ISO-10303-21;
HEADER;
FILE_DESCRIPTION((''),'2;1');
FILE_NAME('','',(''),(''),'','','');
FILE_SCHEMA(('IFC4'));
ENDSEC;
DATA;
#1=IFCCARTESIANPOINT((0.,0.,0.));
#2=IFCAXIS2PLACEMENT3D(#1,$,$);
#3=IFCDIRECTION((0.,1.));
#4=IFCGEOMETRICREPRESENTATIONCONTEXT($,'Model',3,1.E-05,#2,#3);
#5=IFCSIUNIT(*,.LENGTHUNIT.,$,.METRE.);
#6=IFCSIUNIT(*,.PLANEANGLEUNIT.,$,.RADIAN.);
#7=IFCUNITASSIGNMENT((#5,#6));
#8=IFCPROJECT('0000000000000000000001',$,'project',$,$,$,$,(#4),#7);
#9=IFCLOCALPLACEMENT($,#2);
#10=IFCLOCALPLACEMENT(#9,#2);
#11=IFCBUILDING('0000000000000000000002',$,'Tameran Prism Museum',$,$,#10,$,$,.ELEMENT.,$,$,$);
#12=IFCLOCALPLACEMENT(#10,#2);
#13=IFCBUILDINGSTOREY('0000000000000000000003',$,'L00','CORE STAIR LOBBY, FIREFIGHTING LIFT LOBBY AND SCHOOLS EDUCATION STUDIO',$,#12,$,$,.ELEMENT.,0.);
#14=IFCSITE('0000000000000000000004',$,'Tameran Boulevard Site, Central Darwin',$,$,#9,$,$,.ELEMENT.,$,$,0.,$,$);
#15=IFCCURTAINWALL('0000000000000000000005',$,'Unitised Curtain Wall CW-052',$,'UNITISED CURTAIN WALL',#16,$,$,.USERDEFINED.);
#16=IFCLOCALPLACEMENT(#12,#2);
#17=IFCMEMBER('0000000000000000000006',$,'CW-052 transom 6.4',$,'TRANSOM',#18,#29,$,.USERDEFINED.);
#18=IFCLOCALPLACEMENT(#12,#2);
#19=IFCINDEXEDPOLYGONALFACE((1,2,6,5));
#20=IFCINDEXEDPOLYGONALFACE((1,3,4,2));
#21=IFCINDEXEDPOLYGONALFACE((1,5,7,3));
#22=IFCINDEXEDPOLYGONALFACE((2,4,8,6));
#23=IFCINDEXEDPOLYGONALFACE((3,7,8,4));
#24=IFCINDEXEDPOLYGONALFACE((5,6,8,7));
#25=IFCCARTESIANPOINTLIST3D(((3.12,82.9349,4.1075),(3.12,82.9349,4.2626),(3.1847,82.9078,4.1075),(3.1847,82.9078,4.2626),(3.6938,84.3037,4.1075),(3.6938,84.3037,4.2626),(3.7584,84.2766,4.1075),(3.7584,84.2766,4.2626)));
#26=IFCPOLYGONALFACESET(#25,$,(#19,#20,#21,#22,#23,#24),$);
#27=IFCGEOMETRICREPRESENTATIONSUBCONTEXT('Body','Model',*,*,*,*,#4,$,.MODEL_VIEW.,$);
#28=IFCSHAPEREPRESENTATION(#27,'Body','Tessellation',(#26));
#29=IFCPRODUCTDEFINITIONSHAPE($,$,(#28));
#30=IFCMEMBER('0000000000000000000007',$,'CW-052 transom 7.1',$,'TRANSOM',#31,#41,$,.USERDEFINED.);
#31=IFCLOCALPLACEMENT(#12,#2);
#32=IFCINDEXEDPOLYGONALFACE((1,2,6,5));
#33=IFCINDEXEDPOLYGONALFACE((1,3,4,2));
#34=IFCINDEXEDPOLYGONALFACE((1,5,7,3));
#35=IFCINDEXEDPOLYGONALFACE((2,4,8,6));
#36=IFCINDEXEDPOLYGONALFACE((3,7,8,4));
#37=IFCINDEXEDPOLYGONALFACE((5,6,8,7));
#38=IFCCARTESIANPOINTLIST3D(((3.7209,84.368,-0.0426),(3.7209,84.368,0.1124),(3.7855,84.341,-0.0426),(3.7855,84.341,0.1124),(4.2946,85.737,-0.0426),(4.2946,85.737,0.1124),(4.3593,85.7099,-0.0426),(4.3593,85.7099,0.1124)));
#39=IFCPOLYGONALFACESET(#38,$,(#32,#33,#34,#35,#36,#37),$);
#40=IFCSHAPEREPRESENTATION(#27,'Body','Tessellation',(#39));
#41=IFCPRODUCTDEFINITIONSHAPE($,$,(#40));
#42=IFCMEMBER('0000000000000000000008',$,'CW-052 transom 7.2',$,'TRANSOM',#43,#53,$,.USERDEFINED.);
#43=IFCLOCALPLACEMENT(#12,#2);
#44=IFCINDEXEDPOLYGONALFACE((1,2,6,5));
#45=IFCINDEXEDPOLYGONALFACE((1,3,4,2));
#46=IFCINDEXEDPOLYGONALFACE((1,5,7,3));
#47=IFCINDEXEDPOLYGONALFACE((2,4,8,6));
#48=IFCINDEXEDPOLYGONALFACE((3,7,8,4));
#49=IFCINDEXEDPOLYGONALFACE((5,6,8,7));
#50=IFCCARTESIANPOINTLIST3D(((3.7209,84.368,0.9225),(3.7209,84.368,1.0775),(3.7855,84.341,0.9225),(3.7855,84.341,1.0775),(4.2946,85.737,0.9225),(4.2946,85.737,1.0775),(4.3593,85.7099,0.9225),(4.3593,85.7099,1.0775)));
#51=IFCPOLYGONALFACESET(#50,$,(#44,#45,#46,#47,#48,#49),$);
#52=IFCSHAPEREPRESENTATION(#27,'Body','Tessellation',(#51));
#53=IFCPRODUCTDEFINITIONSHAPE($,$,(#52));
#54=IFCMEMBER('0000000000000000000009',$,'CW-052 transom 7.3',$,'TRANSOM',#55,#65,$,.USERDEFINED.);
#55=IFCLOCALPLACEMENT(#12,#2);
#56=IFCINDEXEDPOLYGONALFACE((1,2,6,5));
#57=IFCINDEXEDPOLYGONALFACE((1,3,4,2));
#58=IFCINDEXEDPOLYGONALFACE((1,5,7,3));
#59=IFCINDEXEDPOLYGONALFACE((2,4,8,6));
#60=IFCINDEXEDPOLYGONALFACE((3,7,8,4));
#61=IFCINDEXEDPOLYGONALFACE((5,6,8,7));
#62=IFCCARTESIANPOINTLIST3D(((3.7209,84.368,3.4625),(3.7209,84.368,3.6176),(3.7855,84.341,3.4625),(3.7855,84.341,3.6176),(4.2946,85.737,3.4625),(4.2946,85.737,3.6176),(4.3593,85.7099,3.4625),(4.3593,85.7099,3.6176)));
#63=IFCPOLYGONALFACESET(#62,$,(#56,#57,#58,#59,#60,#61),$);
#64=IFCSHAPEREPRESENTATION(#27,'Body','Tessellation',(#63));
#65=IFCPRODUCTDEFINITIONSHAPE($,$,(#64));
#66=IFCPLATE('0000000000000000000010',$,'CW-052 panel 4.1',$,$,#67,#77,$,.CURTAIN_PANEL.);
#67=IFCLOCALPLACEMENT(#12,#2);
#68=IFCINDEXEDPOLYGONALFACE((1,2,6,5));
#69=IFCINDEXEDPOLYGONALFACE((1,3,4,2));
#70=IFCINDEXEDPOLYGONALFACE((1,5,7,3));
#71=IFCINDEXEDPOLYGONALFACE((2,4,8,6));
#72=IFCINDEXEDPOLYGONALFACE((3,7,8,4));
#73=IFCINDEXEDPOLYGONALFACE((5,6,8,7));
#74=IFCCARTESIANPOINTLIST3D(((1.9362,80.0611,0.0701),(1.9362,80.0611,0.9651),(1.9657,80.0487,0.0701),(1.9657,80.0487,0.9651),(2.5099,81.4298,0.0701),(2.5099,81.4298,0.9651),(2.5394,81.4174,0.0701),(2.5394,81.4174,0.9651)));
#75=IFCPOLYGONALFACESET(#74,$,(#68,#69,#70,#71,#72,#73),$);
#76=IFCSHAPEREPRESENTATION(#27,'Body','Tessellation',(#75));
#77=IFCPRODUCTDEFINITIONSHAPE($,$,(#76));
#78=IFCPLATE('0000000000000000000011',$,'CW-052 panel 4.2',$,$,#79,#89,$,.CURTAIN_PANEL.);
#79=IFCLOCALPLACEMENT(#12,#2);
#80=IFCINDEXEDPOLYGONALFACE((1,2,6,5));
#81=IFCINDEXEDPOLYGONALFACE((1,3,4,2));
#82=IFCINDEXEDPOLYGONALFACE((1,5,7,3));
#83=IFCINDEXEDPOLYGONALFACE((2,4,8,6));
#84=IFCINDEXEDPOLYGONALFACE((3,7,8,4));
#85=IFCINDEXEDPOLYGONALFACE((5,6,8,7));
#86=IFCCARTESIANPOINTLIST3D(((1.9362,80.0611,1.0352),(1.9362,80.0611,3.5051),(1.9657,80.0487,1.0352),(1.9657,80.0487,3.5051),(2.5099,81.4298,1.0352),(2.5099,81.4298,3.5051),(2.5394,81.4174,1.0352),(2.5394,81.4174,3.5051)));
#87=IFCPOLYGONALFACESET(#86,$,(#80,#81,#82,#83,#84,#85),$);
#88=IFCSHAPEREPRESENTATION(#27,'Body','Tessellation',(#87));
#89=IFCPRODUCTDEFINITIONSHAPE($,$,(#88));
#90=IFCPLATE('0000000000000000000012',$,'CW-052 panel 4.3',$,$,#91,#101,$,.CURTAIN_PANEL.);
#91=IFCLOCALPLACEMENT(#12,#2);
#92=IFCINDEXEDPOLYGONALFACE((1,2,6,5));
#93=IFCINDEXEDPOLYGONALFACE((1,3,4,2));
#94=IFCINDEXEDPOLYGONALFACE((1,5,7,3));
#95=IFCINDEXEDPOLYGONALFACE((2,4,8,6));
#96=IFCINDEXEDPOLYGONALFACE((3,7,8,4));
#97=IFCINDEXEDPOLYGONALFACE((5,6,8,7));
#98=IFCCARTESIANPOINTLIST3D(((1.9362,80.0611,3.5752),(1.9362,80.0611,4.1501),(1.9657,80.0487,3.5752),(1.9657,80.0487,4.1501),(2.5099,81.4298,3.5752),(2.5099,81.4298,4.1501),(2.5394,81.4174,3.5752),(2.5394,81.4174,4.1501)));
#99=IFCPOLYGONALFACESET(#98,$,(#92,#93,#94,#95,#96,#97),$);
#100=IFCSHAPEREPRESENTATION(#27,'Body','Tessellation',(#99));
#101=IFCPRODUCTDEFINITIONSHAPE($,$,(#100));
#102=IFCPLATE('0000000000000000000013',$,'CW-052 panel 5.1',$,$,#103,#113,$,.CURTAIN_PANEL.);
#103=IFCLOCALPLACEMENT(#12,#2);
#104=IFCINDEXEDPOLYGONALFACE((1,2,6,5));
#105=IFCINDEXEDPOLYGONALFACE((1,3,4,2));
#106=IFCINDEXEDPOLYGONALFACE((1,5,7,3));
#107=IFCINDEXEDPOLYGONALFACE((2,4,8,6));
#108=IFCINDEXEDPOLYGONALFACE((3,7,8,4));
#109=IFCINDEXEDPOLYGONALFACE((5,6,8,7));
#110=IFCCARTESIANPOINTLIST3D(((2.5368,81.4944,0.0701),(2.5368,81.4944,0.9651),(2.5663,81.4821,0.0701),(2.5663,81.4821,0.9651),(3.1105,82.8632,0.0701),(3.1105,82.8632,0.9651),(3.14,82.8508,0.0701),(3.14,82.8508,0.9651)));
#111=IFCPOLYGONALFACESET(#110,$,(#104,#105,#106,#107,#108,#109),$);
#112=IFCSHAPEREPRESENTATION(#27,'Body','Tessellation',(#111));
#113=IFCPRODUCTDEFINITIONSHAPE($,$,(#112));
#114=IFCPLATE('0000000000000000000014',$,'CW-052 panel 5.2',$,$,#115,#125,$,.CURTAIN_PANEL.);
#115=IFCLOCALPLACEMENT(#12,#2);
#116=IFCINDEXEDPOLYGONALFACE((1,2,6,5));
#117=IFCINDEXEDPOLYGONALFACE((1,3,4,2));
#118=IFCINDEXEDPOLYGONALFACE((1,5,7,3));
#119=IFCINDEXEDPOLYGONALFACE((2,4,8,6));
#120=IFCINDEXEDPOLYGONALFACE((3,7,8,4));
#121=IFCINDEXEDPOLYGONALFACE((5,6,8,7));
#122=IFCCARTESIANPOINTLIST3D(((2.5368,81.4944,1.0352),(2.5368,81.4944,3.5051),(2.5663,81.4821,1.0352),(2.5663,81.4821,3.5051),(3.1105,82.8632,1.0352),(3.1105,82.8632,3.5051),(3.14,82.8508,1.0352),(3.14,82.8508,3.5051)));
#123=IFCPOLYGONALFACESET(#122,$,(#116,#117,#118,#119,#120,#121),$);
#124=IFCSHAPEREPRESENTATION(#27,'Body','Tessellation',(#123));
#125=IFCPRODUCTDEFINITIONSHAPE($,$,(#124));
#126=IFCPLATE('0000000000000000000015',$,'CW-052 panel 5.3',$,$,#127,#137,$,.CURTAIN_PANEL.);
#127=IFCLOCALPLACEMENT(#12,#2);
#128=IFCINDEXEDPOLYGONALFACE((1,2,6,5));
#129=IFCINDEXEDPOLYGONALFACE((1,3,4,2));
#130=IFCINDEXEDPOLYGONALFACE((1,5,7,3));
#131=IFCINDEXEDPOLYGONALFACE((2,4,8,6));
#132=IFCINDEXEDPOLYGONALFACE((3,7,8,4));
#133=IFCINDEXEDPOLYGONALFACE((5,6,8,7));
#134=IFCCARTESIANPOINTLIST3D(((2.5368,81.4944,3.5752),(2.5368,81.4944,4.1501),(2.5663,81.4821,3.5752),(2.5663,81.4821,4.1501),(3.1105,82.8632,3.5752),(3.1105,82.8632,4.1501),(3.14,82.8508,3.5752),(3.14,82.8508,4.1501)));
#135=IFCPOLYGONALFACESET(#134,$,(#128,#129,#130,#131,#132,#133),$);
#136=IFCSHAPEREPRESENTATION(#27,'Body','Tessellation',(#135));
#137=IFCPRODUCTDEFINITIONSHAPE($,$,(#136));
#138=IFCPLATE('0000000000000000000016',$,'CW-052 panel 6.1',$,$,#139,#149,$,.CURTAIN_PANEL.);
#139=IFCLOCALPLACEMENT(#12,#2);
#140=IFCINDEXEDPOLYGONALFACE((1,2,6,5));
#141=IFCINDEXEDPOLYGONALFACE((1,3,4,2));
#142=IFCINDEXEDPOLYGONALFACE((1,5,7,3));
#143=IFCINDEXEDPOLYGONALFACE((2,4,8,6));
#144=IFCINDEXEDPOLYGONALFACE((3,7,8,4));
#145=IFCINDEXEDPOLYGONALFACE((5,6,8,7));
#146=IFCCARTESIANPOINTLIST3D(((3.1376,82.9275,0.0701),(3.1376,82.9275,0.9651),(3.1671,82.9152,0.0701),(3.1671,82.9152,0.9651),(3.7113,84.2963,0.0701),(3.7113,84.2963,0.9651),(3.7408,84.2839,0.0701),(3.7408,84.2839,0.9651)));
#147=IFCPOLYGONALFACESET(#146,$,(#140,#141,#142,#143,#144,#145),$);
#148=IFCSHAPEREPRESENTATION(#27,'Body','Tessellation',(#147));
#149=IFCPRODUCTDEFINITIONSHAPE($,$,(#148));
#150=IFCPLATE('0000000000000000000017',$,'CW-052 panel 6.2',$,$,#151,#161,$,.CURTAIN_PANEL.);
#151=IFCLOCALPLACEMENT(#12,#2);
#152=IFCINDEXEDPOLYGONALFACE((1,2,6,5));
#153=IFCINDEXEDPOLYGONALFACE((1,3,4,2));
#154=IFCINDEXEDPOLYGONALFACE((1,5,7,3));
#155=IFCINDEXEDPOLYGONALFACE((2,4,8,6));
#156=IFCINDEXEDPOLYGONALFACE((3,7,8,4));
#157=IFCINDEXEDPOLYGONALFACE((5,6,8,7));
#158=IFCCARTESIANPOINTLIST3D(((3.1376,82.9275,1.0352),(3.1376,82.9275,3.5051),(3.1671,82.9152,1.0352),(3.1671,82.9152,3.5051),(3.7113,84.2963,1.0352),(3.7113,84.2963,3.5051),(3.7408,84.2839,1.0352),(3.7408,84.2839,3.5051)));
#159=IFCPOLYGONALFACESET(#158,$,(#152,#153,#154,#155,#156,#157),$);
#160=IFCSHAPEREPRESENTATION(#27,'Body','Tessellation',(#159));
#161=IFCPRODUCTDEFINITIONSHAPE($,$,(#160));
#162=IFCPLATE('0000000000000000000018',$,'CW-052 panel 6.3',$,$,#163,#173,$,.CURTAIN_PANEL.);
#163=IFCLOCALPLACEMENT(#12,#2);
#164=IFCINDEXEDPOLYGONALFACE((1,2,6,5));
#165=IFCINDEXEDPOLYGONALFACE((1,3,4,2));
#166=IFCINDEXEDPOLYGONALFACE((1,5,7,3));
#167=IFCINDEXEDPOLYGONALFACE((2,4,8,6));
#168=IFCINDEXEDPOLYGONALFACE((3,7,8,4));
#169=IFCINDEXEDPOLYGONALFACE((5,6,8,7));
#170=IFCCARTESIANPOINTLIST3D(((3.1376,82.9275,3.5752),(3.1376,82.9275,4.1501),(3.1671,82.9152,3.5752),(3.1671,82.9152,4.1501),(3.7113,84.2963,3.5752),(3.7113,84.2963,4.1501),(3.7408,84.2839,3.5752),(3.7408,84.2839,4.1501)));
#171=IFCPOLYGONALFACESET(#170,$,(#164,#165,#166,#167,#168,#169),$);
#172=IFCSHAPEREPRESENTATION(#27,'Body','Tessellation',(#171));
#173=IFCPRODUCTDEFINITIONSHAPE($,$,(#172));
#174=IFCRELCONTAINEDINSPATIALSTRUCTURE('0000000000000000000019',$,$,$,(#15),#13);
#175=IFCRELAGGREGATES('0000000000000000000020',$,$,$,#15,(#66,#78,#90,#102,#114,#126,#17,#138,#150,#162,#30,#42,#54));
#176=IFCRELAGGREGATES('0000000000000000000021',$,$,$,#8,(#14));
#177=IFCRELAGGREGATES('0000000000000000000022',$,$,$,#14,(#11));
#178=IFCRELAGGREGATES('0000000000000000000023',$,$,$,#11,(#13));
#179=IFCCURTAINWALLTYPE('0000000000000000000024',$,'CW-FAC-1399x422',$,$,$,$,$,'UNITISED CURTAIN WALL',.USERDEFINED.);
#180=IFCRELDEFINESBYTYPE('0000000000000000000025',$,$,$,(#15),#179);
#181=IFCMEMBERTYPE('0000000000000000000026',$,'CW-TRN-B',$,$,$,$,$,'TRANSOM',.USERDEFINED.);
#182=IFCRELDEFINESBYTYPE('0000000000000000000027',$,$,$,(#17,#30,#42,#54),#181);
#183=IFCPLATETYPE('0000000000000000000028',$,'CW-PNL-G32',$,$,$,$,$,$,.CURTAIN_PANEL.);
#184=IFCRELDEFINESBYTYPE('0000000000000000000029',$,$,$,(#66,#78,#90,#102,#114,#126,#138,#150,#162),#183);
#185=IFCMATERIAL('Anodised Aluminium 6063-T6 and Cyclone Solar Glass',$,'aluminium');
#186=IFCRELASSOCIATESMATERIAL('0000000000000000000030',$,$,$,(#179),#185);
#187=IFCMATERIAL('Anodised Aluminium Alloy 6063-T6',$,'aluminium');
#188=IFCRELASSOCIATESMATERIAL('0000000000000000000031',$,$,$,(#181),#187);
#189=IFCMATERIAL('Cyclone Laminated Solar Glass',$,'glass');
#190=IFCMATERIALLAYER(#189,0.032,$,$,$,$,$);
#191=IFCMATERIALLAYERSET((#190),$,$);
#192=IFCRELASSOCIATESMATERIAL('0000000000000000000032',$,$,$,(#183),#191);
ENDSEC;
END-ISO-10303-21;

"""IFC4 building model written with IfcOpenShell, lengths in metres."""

from ifc_helpers import new_model, si_unit, direction, frame, origin, origin_2d, place, context, subcontext, project, spatial, rectangle, extrude, material, layer, layer_set, material_profile, profile_set, type_object, element, aggregate, save


model = new_model("IFC4")

# Units and contexts
model_context = context("Model", 3, precision=1e-05, world=origin(), true_north=direction((0.0, 1.0)))
body_context = subcontext(model_context, "Body", "Model", "MODEL_VIEW")
ifc_project = project(units=[si_unit("LENGTHUNIT", "METRE"), si_unit("PLANEANGLEUNIT", "RADIAN")], contexts=[model_context])

# Site, building, storey
site_placement = place(None, origin())
site = spatial("IfcSite", under=ifc_project, at=site_placement, Name="Tameran Boulevard Site, Central Darwin", CompositionType="ELEMENT", RefElevation=0.0)
building_placement = place(site_placement, origin())
building = spatial("IfcBuilding", under=site, at=building_placement, Name="Tameran Prism Museum", CompositionType="ELEMENT")
storey_placement = place(building_placement, origin())
storey = spatial("IfcBuildingStorey", under=building, at=storey_placement, Name="L00", Description="CORE STAIR LOBBY, FIREFIGHTING LIFT LOBBY AND SCHOOLS EDUCATION STUDIO", CompositionType="ELEMENT", Elevation=0.0)

# Curtain wall, members, plates
ifc_material_1 = material(Name="Anodised Aluminium 6063-T6 and Cyclone Solar Glass", Category="aluminium")
curtain_wall_type = type_object("IfcCurtainWallType", Name="CW-FAC-1399x422", ElementType="UNITISED CURTAIN WALL", PredefinedType="USERDEFINED", material=ifc_material_1)
curtain_wall_placement = place(storey_placement, origin())
curtain_wall = element("IfcCurtainWall", 1, at=curtain_wall_placement, inside=storey, type_object=curtain_wall_type, Name="Unitised Curtain Wall CW-052", ObjectType="UNITISED CURTAIN WALL", PredefinedType="USERDEFINED")
ifc_material_2 = material(Name="Anodised Aluminium Alloy 6063-T6", Category="aluminium")
ifc_material_profile_1 = material_profile(ifc_material_2, rectangle(XDim=0.0701, YDim=0.155, at=origin_2d()))
ifc_profile_set_1 = profile_set([ifc_material_profile_1])
member_type_1 = type_object("IfcMemberType", Name="CW-TRN-B", ElementType="TRANSOM", PredefinedType="USERDEFINED", material=ifc_profile_set_1)
member_1_placement = place(storey_placement, frame((3.1523, 82.9214, 4.1851), z_axis=(0.3866, 0.922247, 0.0), x_axis=(-0.922247, 0.3866, 0.0)))
member_1 = element("IfcMember", 2, at=member_1_placement, type_object=member_type_1, Name="CW-052 transom 6.4", ObjectType="TRANSOM", PredefinedType="USERDEFINED", context=body_context, shape_type="SweptSolid", body=[
    extrude(rectangle(XDim=0.0701, YDim=0.155, at=origin_2d()), origin(), (0.0, 0.0, 1.0), 1.4841),
])
member_2_placement = place(storey_placement, frame((3.7532, 84.3545, 0.0349), z_axis=(0.386542, 0.922272, 0.0), x_axis=(-0.922272, 0.386542, 0.0)))
member_2 = element("IfcMember", 3, at=member_2_placement, type_object=member_type_1, Name="CW-052 transom 7.1", ObjectType="TRANSOM", PredefinedType="USERDEFINED", context=body_context, shape_type="SweptSolid", body=[
    extrude(rectangle(XDim=0.0701, YDim=0.155, at=origin_2d()), origin(), (0.0, 0.0, 1.0), 1.4844),
])
member_3_placement = place(storey_placement, frame((3.7532, 84.3545, 1.0), z_axis=(0.386542, 0.922272, 0.0), x_axis=(-0.922272, 0.386542, 0.0)))
member_3 = element("IfcMember", 4, at=member_3_placement, type_object=member_type_1, Name="CW-052 transom 7.2", ObjectType="TRANSOM", PredefinedType="USERDEFINED", context=body_context, shape_type="SweptSolid", body=[
    extrude(rectangle(XDim=0.0701, YDim=0.155, at=origin_2d()), origin(), (0.0, 0.0, 1.0), 1.4844),
])
member_4_placement = place(storey_placement, frame((3.7532, 84.3545, 3.54), z_axis=(0.386542, 0.922272, 0.0), x_axis=(-0.922272, 0.386542, 0.0)))
member_4 = element("IfcMember", 5, at=member_4_placement, type_object=member_type_1, Name="CW-052 transom 7.3", ObjectType="TRANSOM", PredefinedType="USERDEFINED", context=body_context, shape_type="SweptSolid", body=[
    extrude(rectangle(XDim=0.0701, YDim=0.155, at=origin_2d()), origin(), (0.0, 0.0, 1.0), 1.4844),
])
ifc_material_3 = material(Name="Cyclone Laminated Solar Glass", Category="glass")
ifc_layer = layer(ifc_material_3, 0.032)
ifc_layer_set = layer_set([ifc_layer])
plate_type = type_object("IfcPlateType", Name="CW-PNL-G32", PredefinedType="CURTAIN_PANEL", material=ifc_layer_set)
plate_1_placement = place(storey_placement, frame((2.2378, 80.7393, 0.0701), z_axis=(0.0, 0.0, 1.0), x_axis=(0.386589, 0.922252, 0.0)))
plate_1 = element("IfcPlate", 6, at=plate_1_placement, type_object=plate_type, Name="CW-052 panel 4.1", PredefinedType="CURTAIN_PANEL", context=body_context, shape_type="SweptSolid", body=[
    extrude(rectangle(XDim=1.4841, YDim=0.032, at=origin_2d()), origin(), (0.0, 0.0, 1.0), 0.895),
])
plate_2_placement = place(storey_placement, frame((2.2378, 80.7393, 1.0352), z_axis=(0.0, 0.0, 1.0), x_axis=(0.386589, 0.922252, 0.0)))
plate_2 = element("IfcPlate", 7, at=plate_2_placement, type_object=plate_type, Name="CW-052 panel 4.2", PredefinedType="CURTAIN_PANEL", context=body_context, shape_type="SweptSolid", body=[
    extrude(rectangle(XDim=1.4841, YDim=0.032, at=origin_2d()), origin(), (0.0, 0.0, 1.0), 2.47),
])
plate_3_placement = place(storey_placement, frame((2.2378, 80.7393, 3.5752), z_axis=(0.0, 0.0, 1.0), x_axis=(0.386589, 0.922252, 0.0)))
plate_3 = element("IfcPlate", 8, at=plate_3_placement, type_object=plate_type, Name="CW-052 panel 4.3", PredefinedType="CURTAIN_PANEL", context=body_context, shape_type="SweptSolid", body=[
    extrude(rectangle(XDim=1.4841, YDim=0.032, at=origin_2d()), origin(), (0.0, 0.0, 1.0), 0.575),
])
plate_4_placement = place(storey_placement, frame((2.8384, 82.1726, 0.0701), z_axis=(0.0, 0.0, 1.0), x_axis=(0.386589, 0.922252, 0.0)))
plate_4 = element("IfcPlate", 9, at=plate_4_placement, type_object=plate_type, Name="CW-052 panel 5.1", PredefinedType="CURTAIN_PANEL", context=body_context, shape_type="SweptSolid", body=[
    extrude(rectangle(XDim=1.4841, YDim=0.032, at=origin_2d()), origin(), (0.0, 0.0, 1.0), 0.895),
])
plate_5_placement = place(storey_placement, frame((2.8384, 82.1726, 1.0352), z_axis=(0.0, 0.0, 1.0), x_axis=(0.386589, 0.922252, 0.0)))
plate_5 = element("IfcPlate", 10, at=plate_5_placement, type_object=plate_type, Name="CW-052 panel 5.2", PredefinedType="CURTAIN_PANEL", context=body_context, shape_type="SweptSolid", body=[
    extrude(rectangle(XDim=1.4841, YDim=0.032, at=origin_2d()), origin(), (0.0, 0.0, 1.0), 2.47),
])
plate_6_placement = place(storey_placement, frame((2.8384, 82.1726, 3.5752), z_axis=(0.0, 0.0, 1.0), x_axis=(0.386589, 0.922252, 0.0)))
plate_6 = element("IfcPlate", 11, at=plate_6_placement, type_object=plate_type, Name="CW-052 panel 5.3", PredefinedType="CURTAIN_PANEL", context=body_context, shape_type="SweptSolid", body=[
    extrude(rectangle(XDim=1.4841, YDim=0.032, at=origin_2d()), origin(), (0.0, 0.0, 1.0), 0.575),
])
plate_7_placement = place(storey_placement, frame((3.4392, 83.6057, 0.0701), z_axis=(0.0, 0.0, 1.0), x_axis=(0.386589, 0.922252, 0.0)))
plate_7 = element("IfcPlate", 12, at=plate_7_placement, type_object=plate_type, Name="CW-052 panel 6.1", PredefinedType="CURTAIN_PANEL", context=body_context, shape_type="SweptSolid", body=[
    extrude(rectangle(XDim=1.4841, YDim=0.032, at=origin_2d()), origin(), (0.0, 0.0, 1.0), 0.895),
])
plate_8_placement = place(storey_placement, frame((3.4392, 83.6057, 1.0352), z_axis=(0.0, 0.0, 1.0), x_axis=(0.386589, 0.922252, 0.0)))
plate_8 = element("IfcPlate", 13, at=plate_8_placement, type_object=plate_type, Name="CW-052 panel 6.2", PredefinedType="CURTAIN_PANEL", context=body_context, shape_type="SweptSolid", body=[
    extrude(rectangle(XDim=1.4841, YDim=0.032, at=origin_2d()), origin(), (0.0, 0.0, 1.0), 2.47),
])
plate_9_placement = place(storey_placement, frame((3.4392, 83.6057, 3.5752), z_axis=(0.0, 0.0, 1.0), x_axis=(0.386589, 0.922252, 0.0)))
plate_9 = element("IfcPlate", 14, at=plate_9_placement, type_object=plate_type, Name="CW-052 panel 6.3", PredefinedType="CURTAIN_PANEL", context=body_context, shape_type="SweptSolid", body=[
    extrude(rectangle(XDim=1.4841, YDim=0.032, at=origin_2d()), origin(), (0.0, 0.0, 1.0), 0.575),
])
aggregate(curtain_wall, [plate_1, plate_2, plate_3, plate_4, plate_5, plate_6, member_1, plate_7, plate_8, plate_9, member_2, member_3, member_4])

save(model, "model.ifc")
